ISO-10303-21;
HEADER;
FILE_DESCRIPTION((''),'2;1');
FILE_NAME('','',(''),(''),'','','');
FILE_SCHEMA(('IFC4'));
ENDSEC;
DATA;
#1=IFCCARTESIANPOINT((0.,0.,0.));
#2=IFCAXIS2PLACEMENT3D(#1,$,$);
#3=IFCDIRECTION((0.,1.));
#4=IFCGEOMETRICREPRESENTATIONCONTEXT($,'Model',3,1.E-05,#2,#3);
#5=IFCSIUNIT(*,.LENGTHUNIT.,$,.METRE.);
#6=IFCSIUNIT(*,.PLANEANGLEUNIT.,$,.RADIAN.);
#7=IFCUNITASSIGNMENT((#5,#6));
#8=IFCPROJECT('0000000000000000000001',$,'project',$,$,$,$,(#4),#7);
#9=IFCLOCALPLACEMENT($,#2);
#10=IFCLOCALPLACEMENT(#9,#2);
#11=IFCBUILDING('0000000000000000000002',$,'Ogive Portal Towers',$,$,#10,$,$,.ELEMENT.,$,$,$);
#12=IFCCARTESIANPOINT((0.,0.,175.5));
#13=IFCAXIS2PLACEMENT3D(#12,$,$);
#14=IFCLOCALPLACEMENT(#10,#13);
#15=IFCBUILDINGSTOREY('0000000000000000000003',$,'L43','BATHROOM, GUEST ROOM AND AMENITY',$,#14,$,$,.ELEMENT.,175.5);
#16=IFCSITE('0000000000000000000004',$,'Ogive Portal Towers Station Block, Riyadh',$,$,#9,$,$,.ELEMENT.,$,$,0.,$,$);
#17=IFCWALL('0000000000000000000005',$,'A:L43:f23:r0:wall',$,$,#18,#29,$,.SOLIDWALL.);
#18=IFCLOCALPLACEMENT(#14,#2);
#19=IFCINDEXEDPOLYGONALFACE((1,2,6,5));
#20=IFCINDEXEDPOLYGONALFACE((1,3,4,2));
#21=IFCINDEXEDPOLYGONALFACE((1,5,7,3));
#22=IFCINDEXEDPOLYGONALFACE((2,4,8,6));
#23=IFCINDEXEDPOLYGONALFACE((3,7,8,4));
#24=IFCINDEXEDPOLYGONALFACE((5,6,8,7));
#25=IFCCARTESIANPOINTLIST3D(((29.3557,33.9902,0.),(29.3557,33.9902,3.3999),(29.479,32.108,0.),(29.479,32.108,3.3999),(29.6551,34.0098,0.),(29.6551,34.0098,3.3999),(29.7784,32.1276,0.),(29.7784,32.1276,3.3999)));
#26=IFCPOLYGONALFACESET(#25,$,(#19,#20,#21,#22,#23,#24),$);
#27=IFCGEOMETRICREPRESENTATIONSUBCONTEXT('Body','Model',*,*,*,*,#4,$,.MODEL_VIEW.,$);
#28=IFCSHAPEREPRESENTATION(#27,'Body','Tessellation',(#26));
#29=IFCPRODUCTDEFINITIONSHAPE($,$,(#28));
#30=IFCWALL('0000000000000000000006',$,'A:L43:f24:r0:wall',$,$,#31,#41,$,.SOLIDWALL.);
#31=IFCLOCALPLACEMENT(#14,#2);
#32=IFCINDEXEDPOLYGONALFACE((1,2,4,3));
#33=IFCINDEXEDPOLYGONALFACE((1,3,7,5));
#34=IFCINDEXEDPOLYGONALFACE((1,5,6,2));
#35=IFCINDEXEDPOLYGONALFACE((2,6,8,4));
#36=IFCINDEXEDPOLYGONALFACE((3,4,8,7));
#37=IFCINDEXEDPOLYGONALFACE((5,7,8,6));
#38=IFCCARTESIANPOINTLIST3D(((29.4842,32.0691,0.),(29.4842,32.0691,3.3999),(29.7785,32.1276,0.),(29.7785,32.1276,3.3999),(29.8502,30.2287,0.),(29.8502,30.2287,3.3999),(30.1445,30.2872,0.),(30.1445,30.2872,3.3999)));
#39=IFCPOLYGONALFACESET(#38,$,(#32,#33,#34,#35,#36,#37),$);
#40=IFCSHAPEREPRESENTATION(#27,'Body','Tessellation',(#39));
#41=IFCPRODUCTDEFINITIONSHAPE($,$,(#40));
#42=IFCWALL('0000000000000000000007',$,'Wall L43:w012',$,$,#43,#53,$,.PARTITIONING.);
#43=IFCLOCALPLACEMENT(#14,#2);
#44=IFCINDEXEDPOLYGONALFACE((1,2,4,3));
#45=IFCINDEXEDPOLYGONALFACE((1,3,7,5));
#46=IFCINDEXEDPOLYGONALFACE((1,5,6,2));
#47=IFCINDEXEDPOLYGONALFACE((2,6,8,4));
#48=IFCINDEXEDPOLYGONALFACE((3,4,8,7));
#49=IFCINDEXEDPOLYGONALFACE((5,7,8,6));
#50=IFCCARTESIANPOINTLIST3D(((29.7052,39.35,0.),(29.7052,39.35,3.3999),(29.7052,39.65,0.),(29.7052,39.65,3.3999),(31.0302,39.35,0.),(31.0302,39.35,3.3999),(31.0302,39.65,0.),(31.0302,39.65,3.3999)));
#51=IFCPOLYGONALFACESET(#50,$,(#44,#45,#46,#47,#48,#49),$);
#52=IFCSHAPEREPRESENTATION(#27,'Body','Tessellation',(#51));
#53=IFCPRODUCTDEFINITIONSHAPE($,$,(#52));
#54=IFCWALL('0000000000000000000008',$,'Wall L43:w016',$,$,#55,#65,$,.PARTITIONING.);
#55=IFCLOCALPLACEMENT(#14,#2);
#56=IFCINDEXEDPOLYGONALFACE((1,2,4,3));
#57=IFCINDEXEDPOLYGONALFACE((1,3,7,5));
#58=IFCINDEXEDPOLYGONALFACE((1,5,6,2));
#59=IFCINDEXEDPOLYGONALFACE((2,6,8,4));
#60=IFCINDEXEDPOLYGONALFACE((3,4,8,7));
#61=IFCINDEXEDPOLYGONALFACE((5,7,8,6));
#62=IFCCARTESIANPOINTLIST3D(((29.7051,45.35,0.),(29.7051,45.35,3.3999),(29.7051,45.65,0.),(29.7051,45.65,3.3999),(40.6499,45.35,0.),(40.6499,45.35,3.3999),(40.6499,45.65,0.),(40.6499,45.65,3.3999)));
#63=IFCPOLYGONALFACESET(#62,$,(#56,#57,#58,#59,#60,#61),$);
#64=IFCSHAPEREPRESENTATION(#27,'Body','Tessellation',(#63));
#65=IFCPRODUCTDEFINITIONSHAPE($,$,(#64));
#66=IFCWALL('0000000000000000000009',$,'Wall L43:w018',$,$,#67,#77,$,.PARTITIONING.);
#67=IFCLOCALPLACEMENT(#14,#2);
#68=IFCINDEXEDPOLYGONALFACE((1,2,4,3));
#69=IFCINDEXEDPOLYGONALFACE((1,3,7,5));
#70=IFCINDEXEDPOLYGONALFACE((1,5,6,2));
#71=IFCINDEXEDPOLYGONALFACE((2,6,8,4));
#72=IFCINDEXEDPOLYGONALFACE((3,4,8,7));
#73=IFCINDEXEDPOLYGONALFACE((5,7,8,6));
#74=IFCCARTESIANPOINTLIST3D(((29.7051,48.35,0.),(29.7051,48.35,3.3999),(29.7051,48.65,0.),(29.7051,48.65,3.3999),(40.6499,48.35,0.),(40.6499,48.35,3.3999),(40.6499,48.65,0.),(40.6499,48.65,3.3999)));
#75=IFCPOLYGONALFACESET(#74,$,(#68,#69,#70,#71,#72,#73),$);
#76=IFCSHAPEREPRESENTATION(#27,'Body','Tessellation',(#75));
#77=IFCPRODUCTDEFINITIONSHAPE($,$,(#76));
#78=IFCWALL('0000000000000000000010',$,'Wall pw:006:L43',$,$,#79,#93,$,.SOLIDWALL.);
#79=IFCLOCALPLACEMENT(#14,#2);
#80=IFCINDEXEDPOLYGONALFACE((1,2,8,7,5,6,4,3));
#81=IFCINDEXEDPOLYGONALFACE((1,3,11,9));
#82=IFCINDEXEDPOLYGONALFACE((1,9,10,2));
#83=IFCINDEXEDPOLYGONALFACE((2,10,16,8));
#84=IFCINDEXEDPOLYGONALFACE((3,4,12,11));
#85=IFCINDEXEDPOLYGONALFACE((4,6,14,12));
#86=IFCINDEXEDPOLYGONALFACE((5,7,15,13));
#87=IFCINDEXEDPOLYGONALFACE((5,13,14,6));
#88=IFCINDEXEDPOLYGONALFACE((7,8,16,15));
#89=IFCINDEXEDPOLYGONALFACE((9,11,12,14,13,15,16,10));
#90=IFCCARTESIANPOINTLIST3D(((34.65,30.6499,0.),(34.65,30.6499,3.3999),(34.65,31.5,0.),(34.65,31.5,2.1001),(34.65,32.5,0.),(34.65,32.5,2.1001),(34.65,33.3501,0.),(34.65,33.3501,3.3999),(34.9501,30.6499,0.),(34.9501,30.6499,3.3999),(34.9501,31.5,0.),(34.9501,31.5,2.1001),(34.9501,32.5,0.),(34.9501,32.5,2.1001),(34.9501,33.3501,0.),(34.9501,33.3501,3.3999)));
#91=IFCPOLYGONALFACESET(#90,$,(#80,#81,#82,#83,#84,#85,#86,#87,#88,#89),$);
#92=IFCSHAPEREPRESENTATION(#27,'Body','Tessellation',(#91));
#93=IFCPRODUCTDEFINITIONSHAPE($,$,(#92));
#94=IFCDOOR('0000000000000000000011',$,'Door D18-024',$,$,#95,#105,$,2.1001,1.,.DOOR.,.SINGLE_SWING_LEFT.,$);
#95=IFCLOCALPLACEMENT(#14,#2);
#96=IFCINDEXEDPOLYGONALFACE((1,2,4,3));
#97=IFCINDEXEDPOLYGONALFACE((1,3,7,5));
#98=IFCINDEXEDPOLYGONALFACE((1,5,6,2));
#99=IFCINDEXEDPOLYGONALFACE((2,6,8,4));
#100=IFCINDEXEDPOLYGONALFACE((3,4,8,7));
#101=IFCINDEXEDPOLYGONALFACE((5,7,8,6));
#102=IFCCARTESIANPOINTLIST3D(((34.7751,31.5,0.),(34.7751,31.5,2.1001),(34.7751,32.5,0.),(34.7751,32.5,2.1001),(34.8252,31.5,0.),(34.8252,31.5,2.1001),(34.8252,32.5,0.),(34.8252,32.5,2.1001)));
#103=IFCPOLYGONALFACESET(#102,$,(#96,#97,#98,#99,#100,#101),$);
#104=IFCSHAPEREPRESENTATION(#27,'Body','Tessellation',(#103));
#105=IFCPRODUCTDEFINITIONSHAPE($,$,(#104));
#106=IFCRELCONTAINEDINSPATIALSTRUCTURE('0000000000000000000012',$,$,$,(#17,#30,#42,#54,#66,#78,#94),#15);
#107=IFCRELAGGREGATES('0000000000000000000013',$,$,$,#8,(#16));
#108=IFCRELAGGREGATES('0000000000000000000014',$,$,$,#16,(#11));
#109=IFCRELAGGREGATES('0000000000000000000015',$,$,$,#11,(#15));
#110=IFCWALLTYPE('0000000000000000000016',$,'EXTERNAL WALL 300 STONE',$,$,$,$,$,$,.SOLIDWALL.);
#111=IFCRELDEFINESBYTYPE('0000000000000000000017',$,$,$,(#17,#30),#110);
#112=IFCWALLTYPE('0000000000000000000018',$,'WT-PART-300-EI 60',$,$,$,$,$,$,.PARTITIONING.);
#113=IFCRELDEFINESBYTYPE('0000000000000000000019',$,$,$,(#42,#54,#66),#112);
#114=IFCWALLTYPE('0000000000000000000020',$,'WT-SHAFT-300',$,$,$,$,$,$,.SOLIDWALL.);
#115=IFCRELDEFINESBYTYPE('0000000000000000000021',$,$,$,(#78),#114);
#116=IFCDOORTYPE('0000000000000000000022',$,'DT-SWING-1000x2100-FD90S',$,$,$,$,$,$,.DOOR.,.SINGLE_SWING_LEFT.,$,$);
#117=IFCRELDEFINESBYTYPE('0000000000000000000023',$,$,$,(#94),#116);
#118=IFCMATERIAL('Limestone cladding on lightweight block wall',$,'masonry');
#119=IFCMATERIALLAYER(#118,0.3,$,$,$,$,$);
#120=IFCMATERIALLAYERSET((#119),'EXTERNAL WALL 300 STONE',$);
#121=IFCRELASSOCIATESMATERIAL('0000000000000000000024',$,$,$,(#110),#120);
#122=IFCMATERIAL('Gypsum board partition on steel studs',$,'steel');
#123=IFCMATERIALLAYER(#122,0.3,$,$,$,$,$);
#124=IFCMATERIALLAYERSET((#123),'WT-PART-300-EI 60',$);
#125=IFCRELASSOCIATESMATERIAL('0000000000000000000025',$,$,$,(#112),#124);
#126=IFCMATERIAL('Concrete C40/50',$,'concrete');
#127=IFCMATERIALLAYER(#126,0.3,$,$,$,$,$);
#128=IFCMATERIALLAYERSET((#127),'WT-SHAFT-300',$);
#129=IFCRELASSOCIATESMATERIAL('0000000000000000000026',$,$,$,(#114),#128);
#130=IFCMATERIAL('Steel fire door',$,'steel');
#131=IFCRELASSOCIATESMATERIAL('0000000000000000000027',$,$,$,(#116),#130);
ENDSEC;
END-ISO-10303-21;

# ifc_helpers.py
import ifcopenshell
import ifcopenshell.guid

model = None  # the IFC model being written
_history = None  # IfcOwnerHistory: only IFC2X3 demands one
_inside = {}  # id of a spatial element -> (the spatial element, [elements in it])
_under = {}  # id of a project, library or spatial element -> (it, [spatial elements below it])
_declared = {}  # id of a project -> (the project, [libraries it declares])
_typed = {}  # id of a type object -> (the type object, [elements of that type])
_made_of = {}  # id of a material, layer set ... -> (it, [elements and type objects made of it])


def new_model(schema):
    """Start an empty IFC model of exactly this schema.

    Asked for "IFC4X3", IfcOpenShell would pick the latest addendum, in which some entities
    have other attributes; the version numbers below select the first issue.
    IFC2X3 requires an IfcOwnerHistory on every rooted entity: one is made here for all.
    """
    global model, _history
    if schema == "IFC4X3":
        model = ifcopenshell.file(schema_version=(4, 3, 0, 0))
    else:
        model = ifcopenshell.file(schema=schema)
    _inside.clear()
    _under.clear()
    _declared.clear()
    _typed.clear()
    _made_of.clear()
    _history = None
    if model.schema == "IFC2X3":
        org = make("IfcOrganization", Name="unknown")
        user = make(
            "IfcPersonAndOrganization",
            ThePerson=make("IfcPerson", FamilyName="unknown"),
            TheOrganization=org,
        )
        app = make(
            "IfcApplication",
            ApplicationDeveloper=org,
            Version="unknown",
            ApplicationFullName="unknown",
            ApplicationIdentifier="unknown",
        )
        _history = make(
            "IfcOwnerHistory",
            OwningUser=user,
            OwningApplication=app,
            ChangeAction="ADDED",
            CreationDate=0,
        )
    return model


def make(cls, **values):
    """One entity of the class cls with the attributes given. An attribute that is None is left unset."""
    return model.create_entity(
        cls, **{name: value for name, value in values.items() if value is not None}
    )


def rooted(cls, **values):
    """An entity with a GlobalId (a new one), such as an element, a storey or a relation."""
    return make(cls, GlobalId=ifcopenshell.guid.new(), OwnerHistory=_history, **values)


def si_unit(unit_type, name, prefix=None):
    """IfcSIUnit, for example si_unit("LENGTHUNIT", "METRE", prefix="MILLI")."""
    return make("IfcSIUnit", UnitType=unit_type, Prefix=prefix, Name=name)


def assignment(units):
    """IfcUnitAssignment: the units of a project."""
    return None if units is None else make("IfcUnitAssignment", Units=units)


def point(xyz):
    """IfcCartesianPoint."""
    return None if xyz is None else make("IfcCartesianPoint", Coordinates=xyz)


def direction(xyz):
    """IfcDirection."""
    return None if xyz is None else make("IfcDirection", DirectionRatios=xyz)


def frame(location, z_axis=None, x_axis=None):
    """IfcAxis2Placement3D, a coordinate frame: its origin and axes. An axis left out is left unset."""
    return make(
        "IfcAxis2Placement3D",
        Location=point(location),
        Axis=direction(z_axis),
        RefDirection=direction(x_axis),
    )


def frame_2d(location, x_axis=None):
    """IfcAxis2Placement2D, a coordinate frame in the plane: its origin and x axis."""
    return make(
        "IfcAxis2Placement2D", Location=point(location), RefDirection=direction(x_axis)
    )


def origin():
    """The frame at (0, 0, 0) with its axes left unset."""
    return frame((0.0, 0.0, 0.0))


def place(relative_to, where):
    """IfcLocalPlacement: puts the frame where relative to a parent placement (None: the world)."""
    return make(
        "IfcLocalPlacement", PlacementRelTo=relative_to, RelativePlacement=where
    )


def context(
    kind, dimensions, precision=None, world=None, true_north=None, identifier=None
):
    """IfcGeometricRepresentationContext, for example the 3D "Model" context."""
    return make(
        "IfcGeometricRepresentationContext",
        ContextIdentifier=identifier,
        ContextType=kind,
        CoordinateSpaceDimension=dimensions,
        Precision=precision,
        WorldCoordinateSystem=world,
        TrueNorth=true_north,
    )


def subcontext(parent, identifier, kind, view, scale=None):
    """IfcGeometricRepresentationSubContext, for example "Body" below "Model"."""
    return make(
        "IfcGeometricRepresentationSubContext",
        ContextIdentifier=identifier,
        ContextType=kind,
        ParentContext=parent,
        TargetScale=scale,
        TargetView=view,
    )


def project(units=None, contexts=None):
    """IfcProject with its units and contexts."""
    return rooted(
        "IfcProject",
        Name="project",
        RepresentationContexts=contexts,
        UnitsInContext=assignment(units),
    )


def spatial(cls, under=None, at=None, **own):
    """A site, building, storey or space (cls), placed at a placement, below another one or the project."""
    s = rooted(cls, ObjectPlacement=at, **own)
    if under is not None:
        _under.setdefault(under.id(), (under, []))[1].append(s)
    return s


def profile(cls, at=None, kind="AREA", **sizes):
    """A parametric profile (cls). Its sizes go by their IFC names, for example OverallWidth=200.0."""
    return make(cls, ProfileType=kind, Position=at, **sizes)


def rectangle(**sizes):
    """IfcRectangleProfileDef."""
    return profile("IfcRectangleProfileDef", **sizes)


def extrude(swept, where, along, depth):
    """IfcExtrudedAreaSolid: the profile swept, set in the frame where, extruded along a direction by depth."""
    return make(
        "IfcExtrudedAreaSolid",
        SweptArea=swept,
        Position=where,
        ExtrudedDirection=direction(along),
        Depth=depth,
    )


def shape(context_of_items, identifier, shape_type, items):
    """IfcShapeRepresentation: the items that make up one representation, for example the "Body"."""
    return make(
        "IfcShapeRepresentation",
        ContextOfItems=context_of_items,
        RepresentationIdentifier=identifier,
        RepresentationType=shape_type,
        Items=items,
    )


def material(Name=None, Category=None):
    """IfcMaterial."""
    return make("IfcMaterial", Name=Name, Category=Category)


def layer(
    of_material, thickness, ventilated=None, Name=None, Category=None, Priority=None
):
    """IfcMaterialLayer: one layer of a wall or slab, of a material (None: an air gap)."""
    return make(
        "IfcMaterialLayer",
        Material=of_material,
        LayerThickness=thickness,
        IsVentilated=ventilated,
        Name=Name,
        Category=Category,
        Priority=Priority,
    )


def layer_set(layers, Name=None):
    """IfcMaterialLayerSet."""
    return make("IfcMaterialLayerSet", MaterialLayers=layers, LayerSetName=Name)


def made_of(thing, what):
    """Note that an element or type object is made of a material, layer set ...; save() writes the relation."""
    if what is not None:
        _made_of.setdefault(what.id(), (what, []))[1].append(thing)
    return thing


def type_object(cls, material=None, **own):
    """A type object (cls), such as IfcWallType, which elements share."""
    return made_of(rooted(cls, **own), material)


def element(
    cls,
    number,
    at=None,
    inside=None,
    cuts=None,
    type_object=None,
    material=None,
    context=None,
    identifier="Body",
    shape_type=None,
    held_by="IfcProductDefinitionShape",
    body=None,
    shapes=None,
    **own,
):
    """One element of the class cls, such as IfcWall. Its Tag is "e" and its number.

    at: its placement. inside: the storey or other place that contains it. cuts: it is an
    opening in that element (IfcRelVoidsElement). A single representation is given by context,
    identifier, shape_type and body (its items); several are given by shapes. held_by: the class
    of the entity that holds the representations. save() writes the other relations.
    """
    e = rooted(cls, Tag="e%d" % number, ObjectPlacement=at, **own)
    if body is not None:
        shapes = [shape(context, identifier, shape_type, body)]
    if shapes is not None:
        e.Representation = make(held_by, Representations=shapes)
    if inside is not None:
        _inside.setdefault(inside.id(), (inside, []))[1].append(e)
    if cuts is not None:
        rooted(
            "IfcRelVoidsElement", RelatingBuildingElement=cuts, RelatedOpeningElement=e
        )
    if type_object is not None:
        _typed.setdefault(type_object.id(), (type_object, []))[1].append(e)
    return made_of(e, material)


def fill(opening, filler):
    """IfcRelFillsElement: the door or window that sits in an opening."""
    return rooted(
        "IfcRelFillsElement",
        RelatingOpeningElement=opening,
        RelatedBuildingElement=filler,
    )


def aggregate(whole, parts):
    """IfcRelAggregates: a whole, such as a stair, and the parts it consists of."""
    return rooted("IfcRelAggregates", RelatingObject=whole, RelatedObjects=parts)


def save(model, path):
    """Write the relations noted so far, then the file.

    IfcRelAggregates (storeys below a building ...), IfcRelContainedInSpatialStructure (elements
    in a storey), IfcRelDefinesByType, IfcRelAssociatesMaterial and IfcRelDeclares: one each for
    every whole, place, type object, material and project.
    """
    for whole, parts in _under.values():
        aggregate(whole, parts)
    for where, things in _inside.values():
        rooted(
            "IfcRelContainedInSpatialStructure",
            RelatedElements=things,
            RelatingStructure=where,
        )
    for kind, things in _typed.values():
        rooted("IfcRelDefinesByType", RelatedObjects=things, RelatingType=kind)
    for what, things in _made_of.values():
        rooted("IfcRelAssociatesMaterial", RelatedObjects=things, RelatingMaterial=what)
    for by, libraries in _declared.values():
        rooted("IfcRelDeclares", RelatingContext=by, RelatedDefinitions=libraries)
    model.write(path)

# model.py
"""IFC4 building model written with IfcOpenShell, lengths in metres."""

from ifc_helpers import new_model, si_unit, direction, frame, frame_2d, origin, place, context, subcontext, project, spatial, rectangle, extrude, material, layer, layer_set, type_object, element, fill, save


model = new_model("IFC4")

# Units and contexts
model_context = context("Model", 3, precision=1e-05, world=origin(), true_north=direction((0.0, 1.0)))
body_context = subcontext(model_context, "Body", "Model", "MODEL_VIEW")
ifc_project = project(units=[si_unit("LENGTHUNIT", "METRE"), si_unit("PLANEANGLEUNIT", "RADIAN")], contexts=[model_context])

# Site, building, storey
site_placement = place(None, origin())
site = spatial("IfcSite", under=ifc_project, at=site_placement, Name="Ogive Portal Towers Station Block, Riyadh", CompositionType="ELEMENT", RefElevation=0.0)
building_placement = place(site_placement, origin())
building = spatial("IfcBuilding", under=site, at=building_placement, Name="Ogive Portal Towers", CompositionType="ELEMENT")
storey_placement = place(building_placement, frame((0.0, 0.0, 175.5)))
storey = spatial("IfcBuildingStorey", under=building, at=storey_placement, Name="L43", Description="BATHROOM, GUEST ROOM AND AMENITY", CompositionType="ELEMENT", Elevation=175.5)

# Shared definitions
ifc_material_1 = material(Name="Concrete C40/50", Category="concrete")

# Shared definitions
ifc_material_2 = material(Name="Steel fire door", Category="steel")

# Walls
ifc_material_3 = material(Name="Limestone cladding on lightweight block wall", Category="masonry")
ifc_layer_1 = layer(ifc_material_3, 0.3)
ifc_layer_set_1 = layer_set([ifc_layer_1], Name="EXTERNAL WALL 300 STONE")
wall_type_1 = type_object("IfcWallType", Name="EXTERNAL WALL 300 STONE", PredefinedType="SOLIDWALL", material=ifc_layer_set_1)
wall_1_placement = place(storey_placement, frame((29.5054, 34.0, 0.0), z_axis=(0.0, 0.0, 1.0), x_axis=(0.065368, -0.997861, 0.0)))
element("IfcWall", 1, at=wall_1_placement, inside=storey, type_object=wall_type_1, Name="A:L43:f23:r0:wall", PredefinedType="SOLIDWALL", context=body_context, shape_type="SweptSolid", body=[
    extrude(rectangle(XDim=1.8862, YDim=0.3, at=frame_2d((0.9431, 0.0))), origin(), (0.0, 0.0, 1.0), 3.3999),
])
wall_2_placement = place(storey_placement, frame((29.6313, 32.0984, 0.0), z_axis=(0.0, 0.0, 1.0), x_axis=(0.19504, -0.980795, 0.0)))
element("IfcWall", 2, at=wall_2_placement, inside=storey, type_object=wall_type_1, Name="A:L43:f24:r0:wall", PredefinedType="SOLIDWALL", context=body_context, shape_type="SweptSolid", body=[
    extrude(rectangle(XDim=1.8765, YDim=0.3, at=frame_2d((0.9382, 0.0))), origin(), (0.0, 0.0, 1.0), 3.3999),
])
ifc_material_4 = material(Name="Gypsum board partition on steel studs", Category="steel")
ifc_layer_2 = layer(ifc_material_4, 0.3)
ifc_layer_set_2 = layer_set([ifc_layer_2], Name="WT-PART-300-EI 60")
wall_type_2 = type_object("IfcWallType", Name="WT-PART-300-EI 60", PredefinedType="PARTITIONING", material=ifc_layer_set_2)
wall_3_placement = place(storey_placement, frame((29.7051, 39.5, 0.0), z_axis=(0.0, 0.0, 1.0), x_axis=(1.0, 0.0, 0.0)))
element("IfcWall", 3, at=wall_3_placement, inside=storey, type_object=wall_type_2, Name="Wall L43:w012", PredefinedType="PARTITIONING", context=body_context, shape_type="SweptSolid", body=[
    extrude(rectangle(XDim=1.325, YDim=0.3, at=frame_2d((0.6626, 0.0))), origin(), (0.0, 0.0, 1.0), 3.3999),
])
for number, where, z_axis, x_axis, name in (
    (4, (29.7051, 45.5, 0.0), (0.0, 0.0, 1.0), (1.0, 0.0, 0.0), "Wall L43:w016"),
    (5, (29.7051, 48.5, 0.0), (0.0, 0.0, 1.0), (1.0, 0.0, 0.0), "Wall L43:w018"),
):
    element("IfcWall", number, at=place(storey_placement, frame(where, z_axis=z_axis, x_axis=x_axis)), inside=storey, type_object=wall_type_2, Name=name, PredefinedType="PARTITIONING", context=body_context, shape_type="SweptSolid", body=[
        extrude(rectangle(XDim=10.9448, YDim=0.3, at=frame_2d((5.4724, 0.0))), origin(), (0.0, 0.0, 1.0), 3.3999),
    ])

# Wall, opening, door
ifc_layer_3 = layer(ifc_material_1, 0.3)
ifc_layer_set_3 = layer_set([ifc_layer_3], Name="WT-SHAFT-300")
wall_type_3 = type_object("IfcWallType", Name="WT-SHAFT-300", PredefinedType="SOLIDWALL", material=ifc_layer_set_3)
wall_4_placement = place(storey_placement, frame((34.8, 30.6499, 0.0), z_axis=(0.0, 0.0, 1.0), x_axis=(0.0, 1.0, 0.0)))
wall_4 = element("IfcWall", 6, at=wall_4_placement, inside=storey, type_object=wall_type_3, Name="Wall pw:006:L43", PredefinedType="SOLIDWALL", context=body_context, shape_type="SweptSolid", body=[
    extrude(rectangle(XDim=2.7002, YDim=0.3, at=frame_2d((1.3501, 0.0))), origin(), (0.0, 0.0, 1.0), 3.3999),
])
opening_1_placement = place(wall_4_placement, frame((0.8501, 0.0, 0.0)))
opening_1 = element("IfcOpeningElement", 7, at=opening_1_placement, cuts=wall_4, PredefinedType="OPENING", context=body_context, shape_type="SweptSolid", body=[
    extrude(rectangle(XDim=1.0, YDim=2.1001, at=frame_2d((0.5, 1.05))), frame((0.0, 0.1602, 0.0), z_axis=(0.0, -1.0, 0.0), x_axis=(1.0, 0.0, 0.0)), (0.0, 0.0, 1.0), 0.3201),
])
door_type_1 = type_object("IfcDoorType", Name="DT-SWING-1000x2100-FD90S", OperationType="SINGLE_SWING_LEFT", PredefinedType="DOOR", material=ifc_material_2)
door_1_placement = place(opening_1_placement, origin())
door_1 = element("IfcDoor", 8, at=door_1_placement, inside=storey, type_object=door_type_1, Name="Door D18-024", OperationType="SINGLE_SWING_LEFT", OverallHeight=2.1001, OverallWidth=1.0, PredefinedType="DOOR", context=body_context, shape_type="SweptSolid", body=[
    extrude(rectangle(XDim=1.0, YDim=2.1001, at=frame_2d((0.5, 1.05))), frame((0.0, 0.0249, 0.0), z_axis=(0.0, -1.0, 0.0), x_axis=(1.0, 0.0, 0.0)), (0.0, 0.0, 1.0), 0.05),
])
fill(opening_1, door_1)

save(model, "model.ifc")
